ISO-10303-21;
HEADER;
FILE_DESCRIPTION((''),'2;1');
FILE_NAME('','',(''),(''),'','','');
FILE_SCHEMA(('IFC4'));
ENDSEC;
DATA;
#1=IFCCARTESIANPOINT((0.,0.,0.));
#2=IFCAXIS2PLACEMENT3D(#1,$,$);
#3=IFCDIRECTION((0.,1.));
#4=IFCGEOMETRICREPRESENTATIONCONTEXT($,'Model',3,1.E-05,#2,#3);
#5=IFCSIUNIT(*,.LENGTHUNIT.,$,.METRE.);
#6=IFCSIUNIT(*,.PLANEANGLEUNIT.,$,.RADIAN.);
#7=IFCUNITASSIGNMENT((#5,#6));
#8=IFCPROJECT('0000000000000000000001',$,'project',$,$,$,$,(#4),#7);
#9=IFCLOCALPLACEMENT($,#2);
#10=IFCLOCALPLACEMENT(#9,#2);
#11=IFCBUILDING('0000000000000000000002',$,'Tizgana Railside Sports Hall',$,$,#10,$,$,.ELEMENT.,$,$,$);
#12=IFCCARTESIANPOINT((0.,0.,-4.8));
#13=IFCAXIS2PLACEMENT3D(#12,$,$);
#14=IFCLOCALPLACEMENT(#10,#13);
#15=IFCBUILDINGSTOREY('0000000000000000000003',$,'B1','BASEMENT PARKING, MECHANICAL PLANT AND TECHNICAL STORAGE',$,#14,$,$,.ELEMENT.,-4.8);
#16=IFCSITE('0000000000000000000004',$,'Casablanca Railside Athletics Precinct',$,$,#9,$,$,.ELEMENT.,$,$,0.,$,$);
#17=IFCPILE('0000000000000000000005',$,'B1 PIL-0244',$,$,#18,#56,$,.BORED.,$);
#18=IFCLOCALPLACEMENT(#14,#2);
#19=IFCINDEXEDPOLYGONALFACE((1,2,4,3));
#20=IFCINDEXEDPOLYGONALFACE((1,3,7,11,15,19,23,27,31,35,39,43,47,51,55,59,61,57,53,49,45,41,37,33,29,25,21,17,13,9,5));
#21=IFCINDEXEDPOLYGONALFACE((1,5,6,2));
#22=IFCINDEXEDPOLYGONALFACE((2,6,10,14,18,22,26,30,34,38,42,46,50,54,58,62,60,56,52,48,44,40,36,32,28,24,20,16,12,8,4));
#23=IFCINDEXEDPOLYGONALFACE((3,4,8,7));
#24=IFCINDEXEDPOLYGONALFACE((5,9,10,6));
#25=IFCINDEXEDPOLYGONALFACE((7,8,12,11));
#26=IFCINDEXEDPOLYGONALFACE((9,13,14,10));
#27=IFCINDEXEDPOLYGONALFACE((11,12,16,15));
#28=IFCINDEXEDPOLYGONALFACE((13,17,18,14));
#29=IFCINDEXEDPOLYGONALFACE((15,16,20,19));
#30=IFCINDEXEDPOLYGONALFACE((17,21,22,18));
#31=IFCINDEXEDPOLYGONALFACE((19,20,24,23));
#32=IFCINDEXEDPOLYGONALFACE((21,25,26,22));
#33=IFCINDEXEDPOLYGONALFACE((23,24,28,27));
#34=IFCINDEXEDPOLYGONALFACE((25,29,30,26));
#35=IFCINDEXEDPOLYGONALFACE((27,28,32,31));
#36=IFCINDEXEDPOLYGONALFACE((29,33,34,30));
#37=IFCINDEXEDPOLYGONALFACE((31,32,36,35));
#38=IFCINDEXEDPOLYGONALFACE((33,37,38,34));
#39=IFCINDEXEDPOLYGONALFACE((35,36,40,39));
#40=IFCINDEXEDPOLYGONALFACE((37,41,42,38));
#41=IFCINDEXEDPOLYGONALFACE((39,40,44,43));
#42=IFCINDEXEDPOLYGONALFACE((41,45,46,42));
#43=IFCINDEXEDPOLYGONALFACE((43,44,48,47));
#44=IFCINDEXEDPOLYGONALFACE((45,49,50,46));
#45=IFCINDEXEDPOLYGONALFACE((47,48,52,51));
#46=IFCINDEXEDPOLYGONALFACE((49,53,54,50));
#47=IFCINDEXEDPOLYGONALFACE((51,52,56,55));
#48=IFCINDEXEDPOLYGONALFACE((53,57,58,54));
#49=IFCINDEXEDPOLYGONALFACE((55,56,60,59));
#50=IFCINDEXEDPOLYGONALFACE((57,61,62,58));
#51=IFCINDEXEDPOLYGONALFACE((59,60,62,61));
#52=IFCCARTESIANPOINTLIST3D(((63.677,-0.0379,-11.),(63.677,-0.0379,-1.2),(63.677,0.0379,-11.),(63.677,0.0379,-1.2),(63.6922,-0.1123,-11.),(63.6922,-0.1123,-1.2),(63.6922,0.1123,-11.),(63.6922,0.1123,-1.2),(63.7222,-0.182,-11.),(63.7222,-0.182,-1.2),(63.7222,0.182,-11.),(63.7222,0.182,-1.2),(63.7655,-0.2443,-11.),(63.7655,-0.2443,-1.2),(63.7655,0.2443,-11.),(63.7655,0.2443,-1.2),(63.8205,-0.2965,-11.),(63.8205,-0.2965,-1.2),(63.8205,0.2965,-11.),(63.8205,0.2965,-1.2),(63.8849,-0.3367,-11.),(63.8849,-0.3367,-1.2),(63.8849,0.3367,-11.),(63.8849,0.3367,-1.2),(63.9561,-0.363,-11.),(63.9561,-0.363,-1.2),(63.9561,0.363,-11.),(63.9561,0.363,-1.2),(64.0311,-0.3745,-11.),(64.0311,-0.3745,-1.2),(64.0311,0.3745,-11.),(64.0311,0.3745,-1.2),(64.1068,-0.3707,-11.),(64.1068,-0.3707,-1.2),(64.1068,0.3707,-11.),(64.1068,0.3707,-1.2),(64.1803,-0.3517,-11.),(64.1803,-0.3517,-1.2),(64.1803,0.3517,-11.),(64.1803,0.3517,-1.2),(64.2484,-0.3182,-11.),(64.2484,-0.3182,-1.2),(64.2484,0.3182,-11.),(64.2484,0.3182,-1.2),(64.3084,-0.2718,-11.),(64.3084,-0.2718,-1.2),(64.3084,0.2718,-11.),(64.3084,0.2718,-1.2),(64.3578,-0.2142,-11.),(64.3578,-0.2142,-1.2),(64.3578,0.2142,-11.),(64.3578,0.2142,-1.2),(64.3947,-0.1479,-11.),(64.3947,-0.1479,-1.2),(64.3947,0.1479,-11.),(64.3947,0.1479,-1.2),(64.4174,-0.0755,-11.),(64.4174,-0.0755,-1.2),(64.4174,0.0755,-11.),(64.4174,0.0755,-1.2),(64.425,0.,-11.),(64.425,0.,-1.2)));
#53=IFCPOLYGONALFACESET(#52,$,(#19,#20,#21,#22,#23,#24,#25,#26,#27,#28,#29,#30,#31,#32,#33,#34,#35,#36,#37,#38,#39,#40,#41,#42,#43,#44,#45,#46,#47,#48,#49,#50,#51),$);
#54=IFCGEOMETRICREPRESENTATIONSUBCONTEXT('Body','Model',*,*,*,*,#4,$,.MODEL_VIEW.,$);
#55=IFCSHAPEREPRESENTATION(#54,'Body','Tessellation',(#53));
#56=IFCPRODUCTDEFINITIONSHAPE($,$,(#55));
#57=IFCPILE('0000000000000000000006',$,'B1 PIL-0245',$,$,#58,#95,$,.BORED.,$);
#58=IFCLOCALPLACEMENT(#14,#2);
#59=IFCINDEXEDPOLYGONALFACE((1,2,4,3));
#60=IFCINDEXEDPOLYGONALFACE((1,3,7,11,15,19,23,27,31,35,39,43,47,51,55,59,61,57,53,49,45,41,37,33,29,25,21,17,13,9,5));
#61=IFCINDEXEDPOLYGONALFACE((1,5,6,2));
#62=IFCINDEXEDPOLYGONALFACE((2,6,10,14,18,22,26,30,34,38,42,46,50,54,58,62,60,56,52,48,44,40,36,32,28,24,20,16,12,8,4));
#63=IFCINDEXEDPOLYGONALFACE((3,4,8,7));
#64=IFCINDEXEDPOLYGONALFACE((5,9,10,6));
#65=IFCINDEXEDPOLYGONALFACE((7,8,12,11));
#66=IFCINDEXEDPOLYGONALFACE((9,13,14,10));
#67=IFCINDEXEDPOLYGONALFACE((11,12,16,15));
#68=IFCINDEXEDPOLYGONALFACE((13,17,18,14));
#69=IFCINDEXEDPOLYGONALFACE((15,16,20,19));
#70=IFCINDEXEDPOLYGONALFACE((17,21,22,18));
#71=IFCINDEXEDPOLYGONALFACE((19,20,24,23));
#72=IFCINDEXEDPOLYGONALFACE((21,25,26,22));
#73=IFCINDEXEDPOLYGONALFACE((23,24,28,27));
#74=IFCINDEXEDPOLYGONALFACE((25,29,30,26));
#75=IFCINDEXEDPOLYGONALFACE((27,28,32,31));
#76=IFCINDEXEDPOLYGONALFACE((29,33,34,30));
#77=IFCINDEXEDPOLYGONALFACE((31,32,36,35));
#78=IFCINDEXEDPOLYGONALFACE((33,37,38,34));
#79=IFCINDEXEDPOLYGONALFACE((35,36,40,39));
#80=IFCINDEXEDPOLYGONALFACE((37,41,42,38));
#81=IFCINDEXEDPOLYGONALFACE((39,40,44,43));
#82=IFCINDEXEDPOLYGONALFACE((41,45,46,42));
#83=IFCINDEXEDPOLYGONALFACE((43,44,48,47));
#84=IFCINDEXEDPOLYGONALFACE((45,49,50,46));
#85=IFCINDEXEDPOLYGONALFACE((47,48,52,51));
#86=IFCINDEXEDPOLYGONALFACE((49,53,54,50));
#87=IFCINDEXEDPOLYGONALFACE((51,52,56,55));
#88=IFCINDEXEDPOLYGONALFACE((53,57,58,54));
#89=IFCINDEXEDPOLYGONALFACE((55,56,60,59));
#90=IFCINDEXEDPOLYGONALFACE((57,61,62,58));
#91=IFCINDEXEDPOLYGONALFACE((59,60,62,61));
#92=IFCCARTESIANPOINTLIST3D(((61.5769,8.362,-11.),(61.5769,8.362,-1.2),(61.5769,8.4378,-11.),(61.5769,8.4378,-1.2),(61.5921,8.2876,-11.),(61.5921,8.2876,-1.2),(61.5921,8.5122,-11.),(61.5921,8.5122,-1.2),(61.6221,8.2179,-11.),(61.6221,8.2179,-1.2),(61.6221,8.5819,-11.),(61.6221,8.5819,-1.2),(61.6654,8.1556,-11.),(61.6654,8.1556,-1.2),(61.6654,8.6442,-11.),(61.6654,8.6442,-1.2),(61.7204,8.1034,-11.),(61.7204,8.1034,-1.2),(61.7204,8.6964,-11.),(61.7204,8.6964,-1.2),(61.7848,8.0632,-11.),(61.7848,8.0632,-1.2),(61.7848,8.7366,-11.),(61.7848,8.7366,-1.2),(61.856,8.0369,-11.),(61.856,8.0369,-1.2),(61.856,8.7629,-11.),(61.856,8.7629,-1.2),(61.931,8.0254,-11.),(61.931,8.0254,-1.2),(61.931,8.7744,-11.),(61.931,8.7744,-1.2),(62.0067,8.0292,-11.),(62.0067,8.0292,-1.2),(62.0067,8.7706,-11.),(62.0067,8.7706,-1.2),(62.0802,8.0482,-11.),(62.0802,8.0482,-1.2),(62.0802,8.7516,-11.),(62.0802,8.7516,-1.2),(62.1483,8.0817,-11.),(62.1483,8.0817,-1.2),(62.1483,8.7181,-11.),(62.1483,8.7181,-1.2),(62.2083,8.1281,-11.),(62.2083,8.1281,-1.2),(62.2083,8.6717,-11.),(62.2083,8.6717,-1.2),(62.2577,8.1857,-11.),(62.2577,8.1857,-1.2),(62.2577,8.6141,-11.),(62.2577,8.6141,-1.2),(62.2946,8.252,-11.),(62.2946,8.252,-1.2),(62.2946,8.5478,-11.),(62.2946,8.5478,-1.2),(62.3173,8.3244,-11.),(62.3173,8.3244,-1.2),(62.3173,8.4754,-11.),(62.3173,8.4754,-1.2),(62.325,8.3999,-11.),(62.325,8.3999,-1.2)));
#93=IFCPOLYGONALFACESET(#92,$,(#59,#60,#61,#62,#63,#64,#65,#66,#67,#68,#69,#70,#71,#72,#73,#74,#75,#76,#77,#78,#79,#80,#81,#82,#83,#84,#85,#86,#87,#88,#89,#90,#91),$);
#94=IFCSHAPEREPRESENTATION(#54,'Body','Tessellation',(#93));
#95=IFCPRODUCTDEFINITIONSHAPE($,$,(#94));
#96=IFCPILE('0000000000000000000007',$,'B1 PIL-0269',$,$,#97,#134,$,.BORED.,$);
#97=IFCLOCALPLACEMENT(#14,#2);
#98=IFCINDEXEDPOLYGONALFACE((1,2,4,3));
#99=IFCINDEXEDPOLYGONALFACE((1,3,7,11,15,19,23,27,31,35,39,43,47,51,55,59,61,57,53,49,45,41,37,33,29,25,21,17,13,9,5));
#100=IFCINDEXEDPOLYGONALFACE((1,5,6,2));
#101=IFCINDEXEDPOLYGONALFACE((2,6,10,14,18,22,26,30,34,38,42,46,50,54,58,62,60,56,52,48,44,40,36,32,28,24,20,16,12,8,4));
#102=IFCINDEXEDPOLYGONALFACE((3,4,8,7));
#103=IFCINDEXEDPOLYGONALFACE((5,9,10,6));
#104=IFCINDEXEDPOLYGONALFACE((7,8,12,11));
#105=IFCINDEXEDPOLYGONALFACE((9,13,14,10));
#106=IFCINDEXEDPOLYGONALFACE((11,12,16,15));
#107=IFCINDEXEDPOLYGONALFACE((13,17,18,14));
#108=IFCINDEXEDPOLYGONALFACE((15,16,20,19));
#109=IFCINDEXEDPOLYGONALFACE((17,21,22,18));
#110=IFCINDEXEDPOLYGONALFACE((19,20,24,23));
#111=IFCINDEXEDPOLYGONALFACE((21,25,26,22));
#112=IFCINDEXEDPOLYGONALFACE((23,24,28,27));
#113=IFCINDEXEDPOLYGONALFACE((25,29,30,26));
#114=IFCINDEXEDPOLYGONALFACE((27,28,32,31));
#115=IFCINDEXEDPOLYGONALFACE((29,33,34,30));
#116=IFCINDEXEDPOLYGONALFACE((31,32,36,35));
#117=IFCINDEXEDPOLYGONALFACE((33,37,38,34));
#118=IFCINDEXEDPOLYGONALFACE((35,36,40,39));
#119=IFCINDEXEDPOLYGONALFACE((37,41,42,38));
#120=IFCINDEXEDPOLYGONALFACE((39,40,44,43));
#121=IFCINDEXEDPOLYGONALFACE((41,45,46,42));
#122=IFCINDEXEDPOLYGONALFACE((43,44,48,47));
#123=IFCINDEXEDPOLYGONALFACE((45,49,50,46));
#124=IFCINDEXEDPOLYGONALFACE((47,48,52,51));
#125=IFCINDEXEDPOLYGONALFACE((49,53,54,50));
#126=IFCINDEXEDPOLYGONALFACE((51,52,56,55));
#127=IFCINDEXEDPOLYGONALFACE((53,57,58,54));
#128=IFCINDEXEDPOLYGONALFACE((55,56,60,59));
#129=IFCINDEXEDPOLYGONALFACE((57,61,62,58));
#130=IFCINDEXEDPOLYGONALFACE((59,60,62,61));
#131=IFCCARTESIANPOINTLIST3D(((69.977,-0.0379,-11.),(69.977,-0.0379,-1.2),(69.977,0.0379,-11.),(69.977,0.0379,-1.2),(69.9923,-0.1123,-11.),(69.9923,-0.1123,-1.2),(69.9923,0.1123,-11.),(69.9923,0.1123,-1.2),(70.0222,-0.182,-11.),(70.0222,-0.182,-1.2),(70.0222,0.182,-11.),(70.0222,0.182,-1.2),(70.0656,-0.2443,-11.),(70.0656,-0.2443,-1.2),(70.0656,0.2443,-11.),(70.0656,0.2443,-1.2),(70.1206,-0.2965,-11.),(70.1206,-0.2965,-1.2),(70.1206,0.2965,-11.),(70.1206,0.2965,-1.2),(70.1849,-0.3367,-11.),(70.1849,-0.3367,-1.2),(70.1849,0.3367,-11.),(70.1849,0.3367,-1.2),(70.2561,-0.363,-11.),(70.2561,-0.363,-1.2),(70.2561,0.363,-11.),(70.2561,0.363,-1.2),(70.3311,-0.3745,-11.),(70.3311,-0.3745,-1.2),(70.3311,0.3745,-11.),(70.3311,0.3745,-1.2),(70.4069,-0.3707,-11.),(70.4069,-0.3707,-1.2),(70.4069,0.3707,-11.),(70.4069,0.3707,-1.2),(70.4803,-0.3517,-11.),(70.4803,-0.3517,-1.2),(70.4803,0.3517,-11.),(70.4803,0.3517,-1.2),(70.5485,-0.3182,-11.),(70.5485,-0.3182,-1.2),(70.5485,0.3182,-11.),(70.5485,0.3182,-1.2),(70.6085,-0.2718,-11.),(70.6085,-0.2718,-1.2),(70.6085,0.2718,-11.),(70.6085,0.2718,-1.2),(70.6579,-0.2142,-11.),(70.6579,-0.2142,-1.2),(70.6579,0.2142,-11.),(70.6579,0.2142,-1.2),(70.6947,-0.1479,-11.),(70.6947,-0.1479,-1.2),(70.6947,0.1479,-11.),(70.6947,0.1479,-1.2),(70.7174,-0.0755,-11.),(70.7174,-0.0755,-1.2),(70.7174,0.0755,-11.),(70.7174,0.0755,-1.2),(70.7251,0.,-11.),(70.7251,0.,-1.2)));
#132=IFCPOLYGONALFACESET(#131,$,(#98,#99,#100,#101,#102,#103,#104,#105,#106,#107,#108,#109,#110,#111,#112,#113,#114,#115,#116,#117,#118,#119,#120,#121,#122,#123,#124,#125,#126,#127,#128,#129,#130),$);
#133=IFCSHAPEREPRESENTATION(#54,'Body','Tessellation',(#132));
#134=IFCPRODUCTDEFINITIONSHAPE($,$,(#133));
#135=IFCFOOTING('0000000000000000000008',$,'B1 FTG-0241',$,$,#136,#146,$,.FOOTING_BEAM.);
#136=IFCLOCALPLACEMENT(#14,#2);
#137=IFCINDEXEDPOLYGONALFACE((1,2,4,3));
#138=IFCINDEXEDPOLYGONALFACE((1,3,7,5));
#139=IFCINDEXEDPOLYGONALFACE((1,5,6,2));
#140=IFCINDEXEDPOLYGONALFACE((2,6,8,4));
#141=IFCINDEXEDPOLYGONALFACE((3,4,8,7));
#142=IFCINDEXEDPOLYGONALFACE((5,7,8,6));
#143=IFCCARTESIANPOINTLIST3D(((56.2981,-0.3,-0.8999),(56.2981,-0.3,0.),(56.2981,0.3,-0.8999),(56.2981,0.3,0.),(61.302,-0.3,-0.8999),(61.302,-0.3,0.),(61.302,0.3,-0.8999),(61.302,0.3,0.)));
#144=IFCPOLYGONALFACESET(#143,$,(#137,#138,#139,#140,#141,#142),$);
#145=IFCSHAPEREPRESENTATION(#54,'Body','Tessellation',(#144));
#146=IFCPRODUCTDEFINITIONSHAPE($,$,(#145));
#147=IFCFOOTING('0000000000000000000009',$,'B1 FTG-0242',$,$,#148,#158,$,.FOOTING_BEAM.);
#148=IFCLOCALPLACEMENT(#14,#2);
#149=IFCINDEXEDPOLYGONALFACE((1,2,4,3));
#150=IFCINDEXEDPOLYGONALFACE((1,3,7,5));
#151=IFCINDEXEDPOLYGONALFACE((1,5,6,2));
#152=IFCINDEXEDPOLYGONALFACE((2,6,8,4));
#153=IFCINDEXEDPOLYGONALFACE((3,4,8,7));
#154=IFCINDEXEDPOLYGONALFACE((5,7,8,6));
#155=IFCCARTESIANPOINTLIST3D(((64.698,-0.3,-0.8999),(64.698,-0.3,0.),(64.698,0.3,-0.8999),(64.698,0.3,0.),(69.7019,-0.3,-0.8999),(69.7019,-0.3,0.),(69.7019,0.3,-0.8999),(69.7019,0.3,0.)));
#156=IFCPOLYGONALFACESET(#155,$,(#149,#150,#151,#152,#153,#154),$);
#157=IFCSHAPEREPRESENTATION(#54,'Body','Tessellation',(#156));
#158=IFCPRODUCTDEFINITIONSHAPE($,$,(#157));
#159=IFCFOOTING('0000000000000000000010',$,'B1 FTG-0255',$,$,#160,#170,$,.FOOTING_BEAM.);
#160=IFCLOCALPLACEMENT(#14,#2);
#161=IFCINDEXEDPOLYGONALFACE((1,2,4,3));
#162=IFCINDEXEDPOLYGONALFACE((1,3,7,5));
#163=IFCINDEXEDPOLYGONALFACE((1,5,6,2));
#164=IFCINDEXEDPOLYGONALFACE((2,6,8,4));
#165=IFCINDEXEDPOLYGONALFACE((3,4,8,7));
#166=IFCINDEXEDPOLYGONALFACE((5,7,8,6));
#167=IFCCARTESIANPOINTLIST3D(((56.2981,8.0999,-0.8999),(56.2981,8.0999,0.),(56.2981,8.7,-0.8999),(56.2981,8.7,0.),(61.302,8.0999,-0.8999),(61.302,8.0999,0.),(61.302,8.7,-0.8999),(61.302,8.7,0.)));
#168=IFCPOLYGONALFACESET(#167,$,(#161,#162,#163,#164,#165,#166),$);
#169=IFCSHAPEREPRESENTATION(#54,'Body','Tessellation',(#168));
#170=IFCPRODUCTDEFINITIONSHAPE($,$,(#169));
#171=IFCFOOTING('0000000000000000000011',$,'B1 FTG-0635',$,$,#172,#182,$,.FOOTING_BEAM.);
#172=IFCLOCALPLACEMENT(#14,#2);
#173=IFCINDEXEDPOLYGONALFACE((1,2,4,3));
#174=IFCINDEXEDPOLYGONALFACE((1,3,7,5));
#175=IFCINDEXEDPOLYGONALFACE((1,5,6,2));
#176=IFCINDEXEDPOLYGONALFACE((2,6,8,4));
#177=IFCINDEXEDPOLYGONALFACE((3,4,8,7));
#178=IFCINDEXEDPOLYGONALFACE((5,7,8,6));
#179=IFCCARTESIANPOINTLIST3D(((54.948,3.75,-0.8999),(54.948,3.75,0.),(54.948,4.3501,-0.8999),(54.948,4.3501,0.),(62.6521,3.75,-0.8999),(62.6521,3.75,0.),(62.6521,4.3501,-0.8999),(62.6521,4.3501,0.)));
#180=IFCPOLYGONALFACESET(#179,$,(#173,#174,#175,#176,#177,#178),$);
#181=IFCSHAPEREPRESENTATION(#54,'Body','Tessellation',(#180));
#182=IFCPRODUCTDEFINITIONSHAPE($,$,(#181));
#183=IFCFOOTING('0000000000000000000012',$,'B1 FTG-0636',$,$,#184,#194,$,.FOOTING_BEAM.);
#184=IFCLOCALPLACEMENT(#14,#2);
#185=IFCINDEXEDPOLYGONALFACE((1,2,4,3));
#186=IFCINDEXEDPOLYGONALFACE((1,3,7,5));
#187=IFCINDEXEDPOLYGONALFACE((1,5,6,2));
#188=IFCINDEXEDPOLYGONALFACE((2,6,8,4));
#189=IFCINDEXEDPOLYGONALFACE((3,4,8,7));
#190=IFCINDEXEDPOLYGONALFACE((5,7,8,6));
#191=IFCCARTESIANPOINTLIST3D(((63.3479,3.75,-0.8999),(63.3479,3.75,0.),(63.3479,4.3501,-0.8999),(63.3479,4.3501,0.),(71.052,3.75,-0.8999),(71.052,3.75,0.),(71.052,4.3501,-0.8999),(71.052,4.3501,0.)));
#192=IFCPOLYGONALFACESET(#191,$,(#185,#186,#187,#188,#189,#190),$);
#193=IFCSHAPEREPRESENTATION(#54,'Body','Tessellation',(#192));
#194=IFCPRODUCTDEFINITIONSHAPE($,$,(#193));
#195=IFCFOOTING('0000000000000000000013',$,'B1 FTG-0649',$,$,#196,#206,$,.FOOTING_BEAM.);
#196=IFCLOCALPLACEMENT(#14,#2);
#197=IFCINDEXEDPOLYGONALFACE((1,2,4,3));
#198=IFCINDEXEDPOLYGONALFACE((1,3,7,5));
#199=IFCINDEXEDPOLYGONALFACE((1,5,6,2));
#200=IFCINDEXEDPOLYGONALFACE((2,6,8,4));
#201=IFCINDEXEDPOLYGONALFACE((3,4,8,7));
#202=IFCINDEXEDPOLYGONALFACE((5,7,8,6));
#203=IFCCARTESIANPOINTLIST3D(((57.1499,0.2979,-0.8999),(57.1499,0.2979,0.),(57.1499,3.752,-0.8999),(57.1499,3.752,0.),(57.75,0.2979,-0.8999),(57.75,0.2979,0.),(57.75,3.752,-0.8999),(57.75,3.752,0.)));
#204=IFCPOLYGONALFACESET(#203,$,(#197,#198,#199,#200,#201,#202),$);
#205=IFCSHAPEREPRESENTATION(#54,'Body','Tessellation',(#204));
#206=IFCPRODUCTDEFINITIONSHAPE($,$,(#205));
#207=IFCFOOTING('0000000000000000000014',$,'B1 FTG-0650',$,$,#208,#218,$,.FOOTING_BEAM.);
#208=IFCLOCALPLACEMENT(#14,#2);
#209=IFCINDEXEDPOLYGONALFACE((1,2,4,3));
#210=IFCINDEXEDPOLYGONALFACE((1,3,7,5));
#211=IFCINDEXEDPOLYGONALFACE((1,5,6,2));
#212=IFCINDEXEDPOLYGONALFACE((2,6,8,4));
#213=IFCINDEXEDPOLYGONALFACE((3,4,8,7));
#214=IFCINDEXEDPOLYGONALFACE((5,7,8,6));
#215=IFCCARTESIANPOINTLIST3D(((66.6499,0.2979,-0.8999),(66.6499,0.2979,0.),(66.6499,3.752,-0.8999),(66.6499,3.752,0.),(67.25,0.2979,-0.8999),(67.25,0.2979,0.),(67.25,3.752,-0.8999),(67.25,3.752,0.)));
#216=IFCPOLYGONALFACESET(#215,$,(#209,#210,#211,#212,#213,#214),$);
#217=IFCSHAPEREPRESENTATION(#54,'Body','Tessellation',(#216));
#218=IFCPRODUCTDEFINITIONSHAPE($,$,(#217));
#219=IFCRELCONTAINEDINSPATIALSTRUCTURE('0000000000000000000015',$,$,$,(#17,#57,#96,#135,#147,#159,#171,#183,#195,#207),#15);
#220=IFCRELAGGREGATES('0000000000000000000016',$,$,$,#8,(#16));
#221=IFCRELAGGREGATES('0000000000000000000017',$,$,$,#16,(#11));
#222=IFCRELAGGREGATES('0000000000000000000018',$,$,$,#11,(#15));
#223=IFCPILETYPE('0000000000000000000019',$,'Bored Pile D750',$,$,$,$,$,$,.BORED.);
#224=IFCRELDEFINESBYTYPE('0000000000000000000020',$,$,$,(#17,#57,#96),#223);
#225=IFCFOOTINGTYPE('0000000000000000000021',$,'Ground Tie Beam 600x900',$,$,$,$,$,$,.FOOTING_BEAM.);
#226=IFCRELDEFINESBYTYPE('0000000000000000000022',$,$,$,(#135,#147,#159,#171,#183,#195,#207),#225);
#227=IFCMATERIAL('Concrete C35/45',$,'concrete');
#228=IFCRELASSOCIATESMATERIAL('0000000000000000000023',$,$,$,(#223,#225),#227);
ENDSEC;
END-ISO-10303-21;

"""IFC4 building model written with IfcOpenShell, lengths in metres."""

from ifc_helpers import new_model, si_unit, direction, frame, origin, origin_2d, place, context, subcontext, project, spatial, rectangle, circle, extrude, material, material_profile, profile_set, type_object, element, save


model = new_model("IFC4")

# Units and contexts
model_context = context("Model", 3, precision=1e-05, world=origin(), true_north=direction((0.0, 1.0)))
body_context = subcontext(model_context, "Body", "Model", "MODEL_VIEW")
ifc_project = project(units=[si_unit("LENGTHUNIT", "METRE"), si_unit("PLANEANGLEUNIT", "RADIAN")], contexts=[model_context])

# Site, building, storey
site_placement = place(None, origin())
site = spatial("IfcSite", under=ifc_project, at=site_placement, Name="Casablanca Railside Athletics Precinct", CompositionType="ELEMENT", RefElevation=0.0)
building_placement = place(site_placement, origin())
building = spatial("IfcBuilding", under=site, at=building_placement, Name="Tizgana Railside Sports Hall", CompositionType="ELEMENT")
storey_placement = place(building_placement, frame((0.0, 0.0, -4.8)))
storey = spatial("IfcBuildingStorey", under=building, at=storey_placement, Name="B1", Description="BASEMENT PARKING, MECHANICAL PLANT AND TECHNICAL STORAGE", CompositionType="ELEMENT", Elevation=-4.8)

# Piles
ifc_material_1 = material(Name="Concrete C35/45", Category="concrete")
ifc_material_profile_1 = material_profile(ifc_material_1, circle(Radius=0.375, at=origin_2d()), Name="PILE D750")
ifc_profile_set_1 = profile_set([ifc_material_profile_1], Name="Concrete C35/45")
pile_type = type_object("IfcPileType", Name="Bored Pile D750", PredefinedType="BORED", material=ifc_profile_set_1)
for number, where, z_axis, x_axis, name in (
    (1, (64.05, 0.0, -1.2), (0.0, 0.0, -1.0), (1.0, 0.0, 0.0), "B1 PIL-0244"),
    (2, (61.95, 8.3999, -1.2), (0.0, 0.0, -1.0), (1.0, 0.0, 0.0), "B1 PIL-0245"),
    (3, (70.3501, 0.0, -1.2), (0.0, 0.0, -1.0), (1.0, 0.0, 0.0), "B1 PIL-0269"),
):
    element("IfcPile", number, at=place(storey_placement, frame(where, z_axis=z_axis, x_axis=x_axis)), inside=storey, type_object=pile_type, Name=name, PredefinedType="BORED", context=body_context, shape_type="SweptSolid", body=[
        extrude(circle(Radius=0.375, at=origin_2d()), origin(), (0.0, 0.0, 1.0), 9.8),
    ])

# Footings
footing_type_1 = type_object("IfcFootingType", Name="Ground Tie Beam 600x900", PredefinedType="FOOTING_BEAM", material=ifc_material_1)
for number, where, z_axis, x_axis, name in (
    (4, (58.8, 0.0, -0.8999), (0.0, 0.0, 1.0), (1.0, 0.0, 0.0), "B1 FTG-0241"),
    (5, (67.2, 0.0, -0.8999), (0.0, 0.0, 1.0), (1.0, 0.0, 0.0), "B1 FTG-0242"),
    (6, (58.8, 8.3999, -0.8999), (0.0, 0.0, 1.0), (1.0, 0.0, 0.0), "B1 FTG-0255"),
):
    element("IfcFooting", number, at=place(storey_placement, frame(where, z_axis=z_axis, x_axis=x_axis)), inside=storey, type_object=footing_type_1, Name=name, PredefinedType="FOOTING_BEAM", context=body_context, shape_type="SweptSolid", body=[
        extrude(rectangle(XDim=5.0039, YDim=0.6001, at=origin_2d()), origin(), (0.0, 0.0, 1.0), 0.8999),
    ])
for number, where, z_axis, x_axis, name in (
    (7, (58.8, 4.05, -0.8999), (0.0, 0.0, 1.0), (1.0, 0.0, 0.0), "B1 FTG-0635"),
    (8, (67.2, 4.05, -0.8999), (0.0, 0.0, 1.0), (1.0, 0.0, 0.0), "B1 FTG-0636"),
):
    element("IfcFooting", number, at=place(storey_placement, frame(where, z_axis=z_axis, x_axis=x_axis)), inside=storey, type_object=footing_type_1, Name=name, PredefinedType="FOOTING_BEAM", context=body_context, shape_type="SweptSolid", body=[
        extrude(rectangle(XDim=7.7041, YDim=0.6001, at=origin_2d()), origin(), (0.0, 0.0, 1.0), 0.8999),
    ])
for number, where, z_axis, x_axis, name in (
    (9, (57.45, 2.0249, -0.8999), (0.0, 0.0, 1.0), (0.0, 1.0, 0.0), "B1 FTG-0649"),
    (10, (66.95, 2.0249, -0.8999), (0.0, 0.0, 1.0), (0.0, 1.0, 0.0), "B1 FTG-0650"),
):
    element("IfcFooting", number, at=place(storey_placement, frame(where, z_axis=z_axis, x_axis=x_axis)), inside=storey, type_object=footing_type_1, Name=name, PredefinedType="FOOTING_BEAM", context=body_context, shape_type="SweptSolid", body=[
        extrude(rectangle(XDim=3.4541, YDim=0.6001, at=origin_2d()), origin(), (0.0, 0.0, 1.0), 0.8999),
    ])

save(model, "model.ifc")
